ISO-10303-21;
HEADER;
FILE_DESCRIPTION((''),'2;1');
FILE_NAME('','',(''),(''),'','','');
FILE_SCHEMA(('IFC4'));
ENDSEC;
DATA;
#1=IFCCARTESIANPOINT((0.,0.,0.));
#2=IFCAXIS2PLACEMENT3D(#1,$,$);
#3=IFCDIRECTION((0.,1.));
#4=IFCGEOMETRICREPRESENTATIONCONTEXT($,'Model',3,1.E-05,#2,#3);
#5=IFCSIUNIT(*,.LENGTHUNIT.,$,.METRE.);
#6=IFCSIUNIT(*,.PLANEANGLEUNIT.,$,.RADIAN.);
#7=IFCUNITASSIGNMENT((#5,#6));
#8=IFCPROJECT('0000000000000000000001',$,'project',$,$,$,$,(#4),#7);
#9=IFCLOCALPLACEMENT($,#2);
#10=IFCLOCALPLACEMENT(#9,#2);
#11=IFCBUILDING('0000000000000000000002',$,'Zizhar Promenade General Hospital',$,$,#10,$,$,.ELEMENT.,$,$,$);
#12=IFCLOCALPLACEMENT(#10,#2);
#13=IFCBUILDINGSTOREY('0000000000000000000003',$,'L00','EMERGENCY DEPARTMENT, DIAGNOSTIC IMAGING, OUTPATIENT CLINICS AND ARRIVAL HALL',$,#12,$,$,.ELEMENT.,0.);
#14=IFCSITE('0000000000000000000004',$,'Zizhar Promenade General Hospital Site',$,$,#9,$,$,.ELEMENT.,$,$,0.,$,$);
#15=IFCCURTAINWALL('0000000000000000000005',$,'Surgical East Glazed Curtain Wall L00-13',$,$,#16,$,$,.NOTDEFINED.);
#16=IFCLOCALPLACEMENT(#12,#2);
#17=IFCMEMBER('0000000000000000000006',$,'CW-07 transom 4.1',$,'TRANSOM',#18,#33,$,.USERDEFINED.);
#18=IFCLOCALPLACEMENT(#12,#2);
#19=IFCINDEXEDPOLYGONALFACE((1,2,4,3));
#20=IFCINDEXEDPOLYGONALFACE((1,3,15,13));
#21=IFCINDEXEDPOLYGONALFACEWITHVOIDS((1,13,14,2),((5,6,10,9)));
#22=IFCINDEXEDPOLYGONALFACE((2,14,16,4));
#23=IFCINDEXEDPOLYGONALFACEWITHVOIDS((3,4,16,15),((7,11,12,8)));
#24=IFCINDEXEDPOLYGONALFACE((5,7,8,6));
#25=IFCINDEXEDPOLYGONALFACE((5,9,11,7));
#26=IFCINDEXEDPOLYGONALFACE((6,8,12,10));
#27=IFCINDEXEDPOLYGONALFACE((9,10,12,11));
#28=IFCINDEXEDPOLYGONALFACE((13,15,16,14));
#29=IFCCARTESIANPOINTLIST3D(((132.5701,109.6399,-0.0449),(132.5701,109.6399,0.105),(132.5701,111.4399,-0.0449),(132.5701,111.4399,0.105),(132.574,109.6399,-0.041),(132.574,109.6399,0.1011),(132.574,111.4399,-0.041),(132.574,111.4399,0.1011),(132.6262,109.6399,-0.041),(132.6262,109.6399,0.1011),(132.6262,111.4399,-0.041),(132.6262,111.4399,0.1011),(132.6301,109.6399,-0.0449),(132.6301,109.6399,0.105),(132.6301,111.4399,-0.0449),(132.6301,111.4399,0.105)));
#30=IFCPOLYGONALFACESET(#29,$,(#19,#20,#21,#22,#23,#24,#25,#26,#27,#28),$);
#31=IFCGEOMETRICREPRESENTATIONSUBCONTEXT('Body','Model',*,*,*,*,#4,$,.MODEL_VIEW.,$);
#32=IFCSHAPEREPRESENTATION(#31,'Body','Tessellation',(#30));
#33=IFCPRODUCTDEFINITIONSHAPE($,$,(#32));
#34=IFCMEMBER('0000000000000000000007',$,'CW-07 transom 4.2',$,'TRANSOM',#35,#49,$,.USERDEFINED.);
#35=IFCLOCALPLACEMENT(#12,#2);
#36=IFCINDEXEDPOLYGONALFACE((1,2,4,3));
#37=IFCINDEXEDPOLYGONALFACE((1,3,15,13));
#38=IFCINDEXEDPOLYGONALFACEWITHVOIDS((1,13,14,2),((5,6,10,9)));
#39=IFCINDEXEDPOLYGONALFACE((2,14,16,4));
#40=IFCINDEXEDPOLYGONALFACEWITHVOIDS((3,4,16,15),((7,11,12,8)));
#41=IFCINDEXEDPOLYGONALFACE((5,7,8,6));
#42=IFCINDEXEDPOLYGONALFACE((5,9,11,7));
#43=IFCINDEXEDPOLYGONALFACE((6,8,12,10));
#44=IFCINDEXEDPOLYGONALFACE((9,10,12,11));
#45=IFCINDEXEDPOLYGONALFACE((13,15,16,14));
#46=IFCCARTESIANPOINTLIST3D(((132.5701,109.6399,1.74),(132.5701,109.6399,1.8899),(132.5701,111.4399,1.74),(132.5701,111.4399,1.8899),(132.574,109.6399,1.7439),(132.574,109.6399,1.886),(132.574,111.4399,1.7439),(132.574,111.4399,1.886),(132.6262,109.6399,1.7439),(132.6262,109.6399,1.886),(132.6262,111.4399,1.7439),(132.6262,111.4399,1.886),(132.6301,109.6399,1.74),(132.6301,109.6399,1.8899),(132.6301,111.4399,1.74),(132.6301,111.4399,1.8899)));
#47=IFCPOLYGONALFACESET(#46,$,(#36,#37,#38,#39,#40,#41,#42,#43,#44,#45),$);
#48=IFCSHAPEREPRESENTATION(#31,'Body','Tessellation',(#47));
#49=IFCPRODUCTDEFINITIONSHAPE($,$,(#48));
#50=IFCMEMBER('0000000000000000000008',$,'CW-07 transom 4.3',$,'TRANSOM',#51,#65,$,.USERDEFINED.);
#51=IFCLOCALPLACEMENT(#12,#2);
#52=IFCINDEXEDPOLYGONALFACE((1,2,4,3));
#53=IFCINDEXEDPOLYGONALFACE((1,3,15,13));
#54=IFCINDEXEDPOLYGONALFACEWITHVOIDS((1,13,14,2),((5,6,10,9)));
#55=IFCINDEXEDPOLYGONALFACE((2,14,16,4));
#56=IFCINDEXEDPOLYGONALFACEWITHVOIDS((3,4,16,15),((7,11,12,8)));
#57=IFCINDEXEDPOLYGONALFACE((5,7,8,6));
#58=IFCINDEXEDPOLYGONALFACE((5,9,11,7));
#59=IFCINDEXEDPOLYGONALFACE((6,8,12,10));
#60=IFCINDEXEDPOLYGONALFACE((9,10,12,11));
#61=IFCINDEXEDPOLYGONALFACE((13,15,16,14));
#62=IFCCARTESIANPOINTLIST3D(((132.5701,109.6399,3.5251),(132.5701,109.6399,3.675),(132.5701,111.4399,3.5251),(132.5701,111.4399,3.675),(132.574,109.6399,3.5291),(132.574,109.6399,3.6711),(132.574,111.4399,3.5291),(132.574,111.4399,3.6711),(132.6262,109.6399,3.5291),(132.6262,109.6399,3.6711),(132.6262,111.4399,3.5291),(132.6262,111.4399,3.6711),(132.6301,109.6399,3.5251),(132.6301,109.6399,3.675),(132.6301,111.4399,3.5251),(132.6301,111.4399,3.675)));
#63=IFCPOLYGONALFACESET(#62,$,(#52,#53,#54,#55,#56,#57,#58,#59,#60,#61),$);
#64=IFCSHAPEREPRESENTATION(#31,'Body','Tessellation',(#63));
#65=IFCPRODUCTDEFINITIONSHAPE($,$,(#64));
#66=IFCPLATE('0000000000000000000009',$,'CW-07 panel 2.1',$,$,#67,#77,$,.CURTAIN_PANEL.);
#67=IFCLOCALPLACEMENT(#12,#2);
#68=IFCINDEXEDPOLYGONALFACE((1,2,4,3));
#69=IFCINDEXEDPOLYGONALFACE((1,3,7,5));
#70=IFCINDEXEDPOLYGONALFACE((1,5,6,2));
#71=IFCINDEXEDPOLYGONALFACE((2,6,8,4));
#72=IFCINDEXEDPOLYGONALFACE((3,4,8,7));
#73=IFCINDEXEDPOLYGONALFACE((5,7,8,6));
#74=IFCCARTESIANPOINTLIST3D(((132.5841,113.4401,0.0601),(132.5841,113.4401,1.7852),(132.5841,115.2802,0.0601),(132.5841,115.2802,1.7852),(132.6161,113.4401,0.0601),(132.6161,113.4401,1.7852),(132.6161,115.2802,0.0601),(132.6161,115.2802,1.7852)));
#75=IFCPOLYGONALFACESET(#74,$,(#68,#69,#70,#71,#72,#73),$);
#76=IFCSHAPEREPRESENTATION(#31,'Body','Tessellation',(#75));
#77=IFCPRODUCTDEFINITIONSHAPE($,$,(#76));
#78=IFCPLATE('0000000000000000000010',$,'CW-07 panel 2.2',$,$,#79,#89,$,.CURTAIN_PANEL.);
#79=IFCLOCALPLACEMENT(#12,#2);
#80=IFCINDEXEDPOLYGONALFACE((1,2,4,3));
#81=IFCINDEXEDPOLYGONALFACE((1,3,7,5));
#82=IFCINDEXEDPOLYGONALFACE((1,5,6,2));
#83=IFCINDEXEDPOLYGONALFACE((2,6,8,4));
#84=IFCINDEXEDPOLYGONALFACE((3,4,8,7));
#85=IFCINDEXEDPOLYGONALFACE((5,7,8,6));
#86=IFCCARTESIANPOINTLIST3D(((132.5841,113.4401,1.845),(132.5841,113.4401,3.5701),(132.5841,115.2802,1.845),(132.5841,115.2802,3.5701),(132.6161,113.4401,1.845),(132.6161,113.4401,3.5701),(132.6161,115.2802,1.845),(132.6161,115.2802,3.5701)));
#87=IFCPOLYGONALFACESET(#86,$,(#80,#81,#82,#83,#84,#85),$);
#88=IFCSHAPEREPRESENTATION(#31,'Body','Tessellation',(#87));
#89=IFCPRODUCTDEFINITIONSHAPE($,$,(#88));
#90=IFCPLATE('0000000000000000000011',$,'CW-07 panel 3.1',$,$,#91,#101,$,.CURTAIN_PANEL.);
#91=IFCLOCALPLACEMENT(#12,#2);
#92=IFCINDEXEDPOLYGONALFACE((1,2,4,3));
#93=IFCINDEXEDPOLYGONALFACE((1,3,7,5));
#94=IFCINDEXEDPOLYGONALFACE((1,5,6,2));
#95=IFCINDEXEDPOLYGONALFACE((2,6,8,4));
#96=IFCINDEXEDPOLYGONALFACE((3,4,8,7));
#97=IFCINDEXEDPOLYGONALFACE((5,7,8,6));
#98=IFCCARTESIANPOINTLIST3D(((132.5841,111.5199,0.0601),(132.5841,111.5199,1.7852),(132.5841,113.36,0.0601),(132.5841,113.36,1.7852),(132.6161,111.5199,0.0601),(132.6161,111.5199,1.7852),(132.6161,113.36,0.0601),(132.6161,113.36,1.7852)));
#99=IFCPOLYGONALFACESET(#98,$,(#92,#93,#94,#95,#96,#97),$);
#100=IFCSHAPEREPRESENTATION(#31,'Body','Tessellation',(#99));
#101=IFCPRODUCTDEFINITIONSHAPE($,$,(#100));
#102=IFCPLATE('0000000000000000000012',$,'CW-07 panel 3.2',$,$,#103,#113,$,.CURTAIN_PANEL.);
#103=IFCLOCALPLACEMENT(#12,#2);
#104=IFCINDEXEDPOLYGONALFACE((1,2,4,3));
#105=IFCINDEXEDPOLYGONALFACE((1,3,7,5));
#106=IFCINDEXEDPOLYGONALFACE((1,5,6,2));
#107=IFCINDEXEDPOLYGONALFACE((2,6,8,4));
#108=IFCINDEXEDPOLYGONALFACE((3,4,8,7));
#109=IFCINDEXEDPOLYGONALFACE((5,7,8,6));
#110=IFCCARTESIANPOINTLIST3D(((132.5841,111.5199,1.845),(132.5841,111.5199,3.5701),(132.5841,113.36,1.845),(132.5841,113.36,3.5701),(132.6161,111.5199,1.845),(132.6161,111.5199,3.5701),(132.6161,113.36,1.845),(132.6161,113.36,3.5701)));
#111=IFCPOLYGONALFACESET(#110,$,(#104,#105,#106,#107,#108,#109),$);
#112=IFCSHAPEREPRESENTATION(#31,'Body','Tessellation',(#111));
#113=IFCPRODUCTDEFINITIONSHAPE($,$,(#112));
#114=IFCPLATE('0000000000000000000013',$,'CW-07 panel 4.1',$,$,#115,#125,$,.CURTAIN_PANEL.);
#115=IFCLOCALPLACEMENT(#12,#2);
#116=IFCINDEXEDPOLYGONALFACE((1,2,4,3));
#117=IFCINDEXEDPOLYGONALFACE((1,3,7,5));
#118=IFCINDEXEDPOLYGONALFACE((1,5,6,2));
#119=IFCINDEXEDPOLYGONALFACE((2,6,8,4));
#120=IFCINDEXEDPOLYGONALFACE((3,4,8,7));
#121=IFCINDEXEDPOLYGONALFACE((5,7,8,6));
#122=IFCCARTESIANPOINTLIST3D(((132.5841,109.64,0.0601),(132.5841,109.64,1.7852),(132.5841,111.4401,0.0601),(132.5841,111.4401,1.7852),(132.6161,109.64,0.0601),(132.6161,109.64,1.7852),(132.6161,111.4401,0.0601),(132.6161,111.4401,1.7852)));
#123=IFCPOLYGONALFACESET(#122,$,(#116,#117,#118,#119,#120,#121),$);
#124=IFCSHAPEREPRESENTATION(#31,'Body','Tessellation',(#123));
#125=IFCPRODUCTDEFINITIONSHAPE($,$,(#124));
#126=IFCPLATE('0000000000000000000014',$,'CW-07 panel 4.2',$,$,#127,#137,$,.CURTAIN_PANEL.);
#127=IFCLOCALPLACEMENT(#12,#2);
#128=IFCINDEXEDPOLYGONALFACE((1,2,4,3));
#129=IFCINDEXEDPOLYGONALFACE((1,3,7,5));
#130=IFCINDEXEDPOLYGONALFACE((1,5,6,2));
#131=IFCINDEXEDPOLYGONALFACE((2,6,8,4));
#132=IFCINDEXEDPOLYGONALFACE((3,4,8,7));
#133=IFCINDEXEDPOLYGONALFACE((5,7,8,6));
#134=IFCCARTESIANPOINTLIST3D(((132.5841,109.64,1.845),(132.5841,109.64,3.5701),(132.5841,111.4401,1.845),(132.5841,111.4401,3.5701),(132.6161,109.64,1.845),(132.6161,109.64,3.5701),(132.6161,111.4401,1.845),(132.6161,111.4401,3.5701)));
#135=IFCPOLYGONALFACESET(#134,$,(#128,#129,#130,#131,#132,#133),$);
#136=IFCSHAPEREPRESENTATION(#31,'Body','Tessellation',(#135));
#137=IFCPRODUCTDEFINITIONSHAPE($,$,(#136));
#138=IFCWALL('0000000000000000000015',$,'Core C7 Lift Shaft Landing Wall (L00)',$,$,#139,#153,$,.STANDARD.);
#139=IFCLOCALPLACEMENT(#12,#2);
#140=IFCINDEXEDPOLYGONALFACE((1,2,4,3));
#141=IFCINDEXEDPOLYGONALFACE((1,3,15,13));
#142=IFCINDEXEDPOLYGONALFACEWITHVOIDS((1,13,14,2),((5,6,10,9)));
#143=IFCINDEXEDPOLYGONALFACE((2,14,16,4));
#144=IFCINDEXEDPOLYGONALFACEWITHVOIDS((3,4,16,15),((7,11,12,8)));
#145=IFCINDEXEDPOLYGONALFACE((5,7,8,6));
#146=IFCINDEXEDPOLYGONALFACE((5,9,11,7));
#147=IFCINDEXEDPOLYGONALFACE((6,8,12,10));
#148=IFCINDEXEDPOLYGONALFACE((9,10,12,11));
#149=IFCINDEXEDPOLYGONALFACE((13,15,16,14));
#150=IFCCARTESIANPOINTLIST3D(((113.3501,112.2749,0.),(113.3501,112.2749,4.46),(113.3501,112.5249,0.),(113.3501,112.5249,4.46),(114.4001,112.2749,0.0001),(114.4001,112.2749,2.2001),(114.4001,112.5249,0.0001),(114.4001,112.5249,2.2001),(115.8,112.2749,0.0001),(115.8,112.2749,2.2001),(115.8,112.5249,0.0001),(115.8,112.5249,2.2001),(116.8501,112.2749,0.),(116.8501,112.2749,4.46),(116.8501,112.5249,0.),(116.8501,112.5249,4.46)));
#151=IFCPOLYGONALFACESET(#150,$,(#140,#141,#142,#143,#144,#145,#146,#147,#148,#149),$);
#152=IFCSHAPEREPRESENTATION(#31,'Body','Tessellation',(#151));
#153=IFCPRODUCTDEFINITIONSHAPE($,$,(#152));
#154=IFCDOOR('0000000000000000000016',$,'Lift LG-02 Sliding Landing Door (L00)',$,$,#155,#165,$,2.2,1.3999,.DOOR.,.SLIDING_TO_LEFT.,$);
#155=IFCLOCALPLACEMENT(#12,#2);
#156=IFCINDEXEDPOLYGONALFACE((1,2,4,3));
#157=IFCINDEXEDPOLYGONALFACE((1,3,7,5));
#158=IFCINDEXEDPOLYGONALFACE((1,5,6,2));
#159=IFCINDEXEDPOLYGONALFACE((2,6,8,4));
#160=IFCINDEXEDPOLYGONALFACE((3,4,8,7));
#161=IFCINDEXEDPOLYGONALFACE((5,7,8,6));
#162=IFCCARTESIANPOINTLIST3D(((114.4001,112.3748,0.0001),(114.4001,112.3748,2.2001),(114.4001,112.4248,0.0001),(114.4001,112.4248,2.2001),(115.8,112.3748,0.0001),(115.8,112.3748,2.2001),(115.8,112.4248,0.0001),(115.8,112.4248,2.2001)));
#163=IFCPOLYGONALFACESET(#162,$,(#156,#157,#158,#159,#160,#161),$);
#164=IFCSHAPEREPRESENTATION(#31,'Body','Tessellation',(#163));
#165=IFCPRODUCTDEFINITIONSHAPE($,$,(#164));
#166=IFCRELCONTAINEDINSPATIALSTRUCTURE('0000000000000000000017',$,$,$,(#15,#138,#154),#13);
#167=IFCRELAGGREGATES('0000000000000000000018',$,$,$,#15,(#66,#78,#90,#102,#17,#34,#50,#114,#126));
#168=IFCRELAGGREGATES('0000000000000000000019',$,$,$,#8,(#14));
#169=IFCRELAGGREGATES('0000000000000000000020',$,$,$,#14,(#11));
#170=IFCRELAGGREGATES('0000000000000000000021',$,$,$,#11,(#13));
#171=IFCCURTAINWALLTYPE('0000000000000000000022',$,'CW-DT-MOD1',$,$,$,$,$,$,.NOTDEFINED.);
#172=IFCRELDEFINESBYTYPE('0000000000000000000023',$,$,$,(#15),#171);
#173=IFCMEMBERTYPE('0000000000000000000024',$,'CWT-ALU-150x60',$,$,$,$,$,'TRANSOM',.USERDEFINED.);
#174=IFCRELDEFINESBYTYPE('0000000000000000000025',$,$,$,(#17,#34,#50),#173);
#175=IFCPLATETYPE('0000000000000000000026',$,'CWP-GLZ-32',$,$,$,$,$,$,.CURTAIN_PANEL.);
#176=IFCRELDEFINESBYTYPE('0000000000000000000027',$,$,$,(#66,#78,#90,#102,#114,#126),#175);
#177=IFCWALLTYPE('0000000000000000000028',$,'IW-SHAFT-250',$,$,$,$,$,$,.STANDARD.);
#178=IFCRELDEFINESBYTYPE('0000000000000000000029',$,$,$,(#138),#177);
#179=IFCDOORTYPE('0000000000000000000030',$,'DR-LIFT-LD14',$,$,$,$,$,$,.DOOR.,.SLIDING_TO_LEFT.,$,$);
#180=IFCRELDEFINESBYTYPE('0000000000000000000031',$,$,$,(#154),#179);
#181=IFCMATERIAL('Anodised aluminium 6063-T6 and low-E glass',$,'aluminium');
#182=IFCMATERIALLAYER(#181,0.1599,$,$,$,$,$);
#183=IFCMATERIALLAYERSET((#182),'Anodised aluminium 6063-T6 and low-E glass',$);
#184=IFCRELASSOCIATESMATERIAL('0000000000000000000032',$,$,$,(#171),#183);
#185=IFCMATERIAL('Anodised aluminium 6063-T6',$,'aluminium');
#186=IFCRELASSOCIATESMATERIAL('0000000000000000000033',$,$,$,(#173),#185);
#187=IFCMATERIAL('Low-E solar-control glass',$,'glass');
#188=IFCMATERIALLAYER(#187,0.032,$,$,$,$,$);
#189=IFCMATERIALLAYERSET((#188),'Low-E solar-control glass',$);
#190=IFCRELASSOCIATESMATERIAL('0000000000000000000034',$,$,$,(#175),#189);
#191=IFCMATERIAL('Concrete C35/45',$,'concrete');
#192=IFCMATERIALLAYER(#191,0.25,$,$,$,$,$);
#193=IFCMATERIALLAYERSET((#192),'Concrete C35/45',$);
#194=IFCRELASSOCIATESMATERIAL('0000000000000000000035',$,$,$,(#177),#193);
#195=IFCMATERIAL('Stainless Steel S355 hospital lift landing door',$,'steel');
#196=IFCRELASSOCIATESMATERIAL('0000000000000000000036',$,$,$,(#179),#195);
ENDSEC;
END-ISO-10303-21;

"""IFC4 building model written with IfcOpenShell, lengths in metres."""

from ifc_helpers import new_model, si_unit, direction, frame, frame_2d, origin, origin_2d, place, context, subcontext, project, spatial, rectangle, hollow_rectangle, extrude, material, layer, layer_set, material_profile, profile_set, type_object, element, fill, aggregate, save


model = new_model("IFC4")

# Units and contexts
model_context = context("Model", 3, precision=1e-05, world=origin(), true_north=direction((0.0, 1.0)))
body_context = subcontext(model_context, "Body", "Model", "MODEL_VIEW")
ifc_project = project(units=[si_unit("LENGTHUNIT", "METRE"), si_unit("PLANEANGLEUNIT", "RADIAN")], contexts=[model_context])

# Site, building, storey
site_placement = place(None, origin())
site = spatial("IfcSite", under=ifc_project, at=site_placement, Name="Zizhar Promenade General Hospital Site", CompositionType="ELEMENT", RefElevation=0.0)
building_placement = place(site_placement, origin())
building = spatial("IfcBuilding", under=site, at=building_placement, Name="Zizhar Promenade General Hospital", CompositionType="ELEMENT")
storey_placement = place(building_placement, origin())
storey = spatial("IfcBuildingStorey", under=building, at=storey_placement, Name="L00", Description="EMERGENCY DEPARTMENT, DIAGNOSTIC IMAGING, OUTPATIENT CLINICS AND ARRIVAL HALL", CompositionType="ELEMENT", Elevation=0.0)

# Curtain wall, members, plates
ifc_material_1 = material(Name="Anodised aluminium 6063-T6 and low-E glass", Category="aluminium")
ifc_layer_1 = layer(ifc_material_1, 0.1599)
ifc_layer_set_1 = layer_set([ifc_layer_1], Name="Anodised aluminium 6063-T6 and low-E glass")
curtain_wall_type = type_object("IfcCurtainWallType", Name="CW-DT-MOD1", PredefinedType="NOTDEFINED", material=ifc_layer_set_1)
curtain_wall_placement = place(storey_placement, origin())
curtain_wall = element("IfcCurtainWall", 1, at=curtain_wall_placement, inside=storey, type_object=curtain_wall_type, Name="Surgical East Glazed Curtain Wall L00-13", PredefinedType="NOTDEFINED")
ifc_material_2 = material(Name="Anodised aluminium 6063-T6", Category="aluminium")
ifc_material_profile_1 = material_profile(ifc_material_2, hollow_rectangle(XDim=0.0601, YDim=0.1499, WallThickness=0.0039, at=origin_2d()))
ifc_profile_set_1 = profile_set([ifc_material_profile_1], Name="Anodised aluminium 6063-T6")
member_type_1 = type_object("IfcMemberType", Name="CWT-ALU-150x60", ElementType="TRANSOM", PredefinedType="USERDEFINED", material=ifc_profile_set_1)
member_1_placement = place(storey_placement, frame((132.6001, 111.4399, 0.03), z_axis=(0.0, -1.0, 0.0), x_axis=(1.0, 0.0, 0.0)))
member_1 = element("IfcMember", 2, at=member_1_placement, type_object=member_type_1, Name="CW-07 transom 4.1", ObjectType="TRANSOM", PredefinedType="USERDEFINED", context=body_context, shape_type="SweptSolid", body=[
    extrude(hollow_rectangle(XDim=0.0601, YDim=0.1499, WallThickness=0.0039, at=origin_2d()), origin(), (0.0, 0.0, 1.0), 1.8),
])
member_2_placement = place(storey_placement, frame((132.6001, 111.4399, 1.8149), z_axis=(0.0, -1.0, 0.0), x_axis=(1.0, 0.0, 0.0)))
member_2 = element("IfcMember", 3, at=member_2_placement, type_object=member_type_1, Name="CW-07 transom 4.2", ObjectType="TRANSOM", PredefinedType="USERDEFINED", context=body_context, shape_type="SweptSolid", body=[
    extrude(hollow_rectangle(XDim=0.0601, YDim=0.1499, WallThickness=0.0039, at=origin_2d()), origin(), (0.0, 0.0, 1.0), 1.8),
])
member_3_placement = place(storey_placement, frame((132.6001, 111.4399, 3.6001), z_axis=(0.0, -1.0, 0.0), x_axis=(1.0, 0.0, 0.0)))
member_3 = element("IfcMember", 4, at=member_3_placement, type_object=member_type_1, Name="CW-07 transom 4.3", ObjectType="TRANSOM", PredefinedType="USERDEFINED", context=body_context, shape_type="SweptSolid", body=[
    extrude(hollow_rectangle(XDim=0.0601, YDim=0.1499, WallThickness=0.0039, at=origin_2d()), origin(), (0.0, 0.0, 1.0), 1.8),
])
ifc_material_3 = material(Name="Low-E solar-control glass", Category="glass")
ifc_layer_2 = layer(ifc_material_3, 0.032)
ifc_layer_set_2 = layer_set([ifc_layer_2], Name="Low-E solar-control glass")
plate_type = type_object("IfcPlateType", Name="CWP-GLZ-32", PredefinedType="CURTAIN_PANEL", material=ifc_layer_set_2)
plate_1_placement = place(storey_placement, frame((132.6001, 114.3601, 0.0601), z_axis=(0.0, 0.0, 1.0), x_axis=(0.0, -1.0, 0.0)))
plate_1 = element("IfcPlate", 5, at=plate_1_placement, type_object=plate_type, Name="CW-07 panel 2.1", PredefinedType="CURTAIN_PANEL", context=body_context, shape_type="SweptSolid", body=[
    extrude(rectangle(XDim=1.8401, YDim=0.032, at=origin_2d()), origin(), (0.0, 0.0, 1.0), 1.7251),
])
plate_2_placement = place(storey_placement, frame((132.6001, 114.3601, 1.845), z_axis=(0.0, 0.0, 1.0), x_axis=(0.0, -1.0, 0.0)))
plate_2 = element("IfcPlate", 6, at=plate_2_placement, type_object=plate_type, Name="CW-07 panel 2.2", PredefinedType="CURTAIN_PANEL", context=body_context, shape_type="SweptSolid", body=[
    extrude(rectangle(XDim=1.8401, YDim=0.032, at=origin_2d()), origin(), (0.0, 0.0, 1.0), 1.7251),
])
plate_3_placement = place(storey_placement, frame((132.6001, 112.4399, 0.0601), z_axis=(0.0, 0.0, 1.0), x_axis=(0.0, -1.0, 0.0)))
plate_3 = element("IfcPlate", 7, at=plate_3_placement, type_object=plate_type, Name="CW-07 panel 3.1", PredefinedType="CURTAIN_PANEL", context=body_context, shape_type="SweptSolid", body=[
    extrude(rectangle(XDim=1.8401, YDim=0.032, at=origin_2d()), origin(), (0.0, 0.0, 1.0), 1.7251),
])
plate_4_placement = place(storey_placement, frame((132.6001, 112.4399, 1.845), z_axis=(0.0, 0.0, 1.0), x_axis=(0.0, -1.0, 0.0)))
plate_4 = element("IfcPlate", 8, at=plate_4_placement, type_object=plate_type, Name="CW-07 panel 3.2", PredefinedType="CURTAIN_PANEL", context=body_context, shape_type="SweptSolid", body=[
    extrude(rectangle(XDim=1.8401, YDim=0.032, at=origin_2d()), origin(), (0.0, 0.0, 1.0), 1.7251),
])
plate_5_placement = place(storey_placement, frame((132.6001, 110.54, 0.0601), z_axis=(0.0, 0.0, 1.0), x_axis=(0.0, -1.0, 0.0)))
plate_5 = element("IfcPlate", 9, at=plate_5_placement, type_object=plate_type, Name="CW-07 panel 4.1", PredefinedType="CURTAIN_PANEL", context=body_context, shape_type="SweptSolid", body=[
    extrude(rectangle(XDim=1.8, YDim=0.032, at=origin_2d()), origin(), (0.0, 0.0, 1.0), 1.7251),
])
plate_6_placement = place(storey_placement, frame((132.6001, 110.54, 1.845), z_axis=(0.0, 0.0, 1.0), x_axis=(0.0, -1.0, 0.0)))
plate_6 = element("IfcPlate", 10, at=plate_6_placement, type_object=plate_type, Name="CW-07 panel 4.2", PredefinedType="CURTAIN_PANEL", context=body_context, shape_type="SweptSolid", body=[
    extrude(rectangle(XDim=1.8, YDim=0.032, at=origin_2d()), origin(), (0.0, 0.0, 1.0), 1.7251),
])
aggregate(curtain_wall, [plate_1, plate_2, plate_3, plate_4, member_1, member_2, member_3, plate_5, plate_6])

# Wall, opening, door
ifc_material_4 = material(Name="Concrete C35/45", Category="concrete")
ifc_layer_3 = layer(ifc_material_4, 0.25)
ifc_layer_set_3 = layer_set([ifc_layer_3], Name="Concrete C35/45")
wall_type = type_object("IfcWallType", Name="IW-SHAFT-250", PredefinedType="STANDARD", material=ifc_layer_set_3)
wall_placement = place(storey_placement, frame((113.3501, 112.3999, 0.0), z_axis=(0.0, 0.0, 1.0), x_axis=(1.0, 0.0, 0.0)))
wall = element("IfcWall", 11, at=wall_placement, inside=storey, type_object=wall_type, Name="Core C7 Lift Shaft Landing Wall (L00)", PredefinedType="STANDARD", context=body_context, shape_type="SweptSolid", body=[
    extrude(rectangle(XDim=3.5, YDim=0.25, at=frame_2d((1.75, 0.0))), origin(), (0.0, 0.0, 1.0), 4.46),
])
opening_placement = place(wall_placement, frame((1.05, 0.0, 0.0)))
opening = element("IfcOpeningElement", 12, at=opening_placement, cuts=wall, PredefinedType="OPENING", context=body_context, shape_type="SweptSolid", body=[
    extrude(rectangle(XDim=1.3999, YDim=2.2, at=frame_2d((0.7, 1.1001))), frame((0.0, 0.135, 0.0), z_axis=(0.0, -1.0, 0.0), x_axis=(1.0, 0.0, 0.0)), (0.0, 0.0, 1.0), 0.27),
])
ifc_material_5 = material(Name="Stainless Steel S355 hospital lift landing door", Category="steel")
door_type = type_object("IfcDoorType", Name="DR-LIFT-LD14", OperationType="SLIDING_TO_LEFT", PredefinedType="DOOR", material=ifc_material_5)
door_placement = place(opening_placement, origin())
door = element("IfcDoor", 13, at=door_placement, inside=storey, type_object=door_type, Name="Lift LG-02 Sliding Landing Door (L00)", OperationType="SLIDING_TO_LEFT", OverallHeight=2.2, OverallWidth=1.3999, PredefinedType="DOOR", context=body_context, shape_type="SweptSolid", body=[
    extrude(rectangle(XDim=1.3999, YDim=2.2, at=frame_2d((0.7, 1.1001))), frame((0.0, 0.0249, 0.0), z_axis=(0.0, -1.0, 0.0), x_axis=(1.0, 0.0, 0.0)), (0.0, 0.0, 1.0), 0.05),
])
fill(opening, door)

save(model, "model.ifc")
